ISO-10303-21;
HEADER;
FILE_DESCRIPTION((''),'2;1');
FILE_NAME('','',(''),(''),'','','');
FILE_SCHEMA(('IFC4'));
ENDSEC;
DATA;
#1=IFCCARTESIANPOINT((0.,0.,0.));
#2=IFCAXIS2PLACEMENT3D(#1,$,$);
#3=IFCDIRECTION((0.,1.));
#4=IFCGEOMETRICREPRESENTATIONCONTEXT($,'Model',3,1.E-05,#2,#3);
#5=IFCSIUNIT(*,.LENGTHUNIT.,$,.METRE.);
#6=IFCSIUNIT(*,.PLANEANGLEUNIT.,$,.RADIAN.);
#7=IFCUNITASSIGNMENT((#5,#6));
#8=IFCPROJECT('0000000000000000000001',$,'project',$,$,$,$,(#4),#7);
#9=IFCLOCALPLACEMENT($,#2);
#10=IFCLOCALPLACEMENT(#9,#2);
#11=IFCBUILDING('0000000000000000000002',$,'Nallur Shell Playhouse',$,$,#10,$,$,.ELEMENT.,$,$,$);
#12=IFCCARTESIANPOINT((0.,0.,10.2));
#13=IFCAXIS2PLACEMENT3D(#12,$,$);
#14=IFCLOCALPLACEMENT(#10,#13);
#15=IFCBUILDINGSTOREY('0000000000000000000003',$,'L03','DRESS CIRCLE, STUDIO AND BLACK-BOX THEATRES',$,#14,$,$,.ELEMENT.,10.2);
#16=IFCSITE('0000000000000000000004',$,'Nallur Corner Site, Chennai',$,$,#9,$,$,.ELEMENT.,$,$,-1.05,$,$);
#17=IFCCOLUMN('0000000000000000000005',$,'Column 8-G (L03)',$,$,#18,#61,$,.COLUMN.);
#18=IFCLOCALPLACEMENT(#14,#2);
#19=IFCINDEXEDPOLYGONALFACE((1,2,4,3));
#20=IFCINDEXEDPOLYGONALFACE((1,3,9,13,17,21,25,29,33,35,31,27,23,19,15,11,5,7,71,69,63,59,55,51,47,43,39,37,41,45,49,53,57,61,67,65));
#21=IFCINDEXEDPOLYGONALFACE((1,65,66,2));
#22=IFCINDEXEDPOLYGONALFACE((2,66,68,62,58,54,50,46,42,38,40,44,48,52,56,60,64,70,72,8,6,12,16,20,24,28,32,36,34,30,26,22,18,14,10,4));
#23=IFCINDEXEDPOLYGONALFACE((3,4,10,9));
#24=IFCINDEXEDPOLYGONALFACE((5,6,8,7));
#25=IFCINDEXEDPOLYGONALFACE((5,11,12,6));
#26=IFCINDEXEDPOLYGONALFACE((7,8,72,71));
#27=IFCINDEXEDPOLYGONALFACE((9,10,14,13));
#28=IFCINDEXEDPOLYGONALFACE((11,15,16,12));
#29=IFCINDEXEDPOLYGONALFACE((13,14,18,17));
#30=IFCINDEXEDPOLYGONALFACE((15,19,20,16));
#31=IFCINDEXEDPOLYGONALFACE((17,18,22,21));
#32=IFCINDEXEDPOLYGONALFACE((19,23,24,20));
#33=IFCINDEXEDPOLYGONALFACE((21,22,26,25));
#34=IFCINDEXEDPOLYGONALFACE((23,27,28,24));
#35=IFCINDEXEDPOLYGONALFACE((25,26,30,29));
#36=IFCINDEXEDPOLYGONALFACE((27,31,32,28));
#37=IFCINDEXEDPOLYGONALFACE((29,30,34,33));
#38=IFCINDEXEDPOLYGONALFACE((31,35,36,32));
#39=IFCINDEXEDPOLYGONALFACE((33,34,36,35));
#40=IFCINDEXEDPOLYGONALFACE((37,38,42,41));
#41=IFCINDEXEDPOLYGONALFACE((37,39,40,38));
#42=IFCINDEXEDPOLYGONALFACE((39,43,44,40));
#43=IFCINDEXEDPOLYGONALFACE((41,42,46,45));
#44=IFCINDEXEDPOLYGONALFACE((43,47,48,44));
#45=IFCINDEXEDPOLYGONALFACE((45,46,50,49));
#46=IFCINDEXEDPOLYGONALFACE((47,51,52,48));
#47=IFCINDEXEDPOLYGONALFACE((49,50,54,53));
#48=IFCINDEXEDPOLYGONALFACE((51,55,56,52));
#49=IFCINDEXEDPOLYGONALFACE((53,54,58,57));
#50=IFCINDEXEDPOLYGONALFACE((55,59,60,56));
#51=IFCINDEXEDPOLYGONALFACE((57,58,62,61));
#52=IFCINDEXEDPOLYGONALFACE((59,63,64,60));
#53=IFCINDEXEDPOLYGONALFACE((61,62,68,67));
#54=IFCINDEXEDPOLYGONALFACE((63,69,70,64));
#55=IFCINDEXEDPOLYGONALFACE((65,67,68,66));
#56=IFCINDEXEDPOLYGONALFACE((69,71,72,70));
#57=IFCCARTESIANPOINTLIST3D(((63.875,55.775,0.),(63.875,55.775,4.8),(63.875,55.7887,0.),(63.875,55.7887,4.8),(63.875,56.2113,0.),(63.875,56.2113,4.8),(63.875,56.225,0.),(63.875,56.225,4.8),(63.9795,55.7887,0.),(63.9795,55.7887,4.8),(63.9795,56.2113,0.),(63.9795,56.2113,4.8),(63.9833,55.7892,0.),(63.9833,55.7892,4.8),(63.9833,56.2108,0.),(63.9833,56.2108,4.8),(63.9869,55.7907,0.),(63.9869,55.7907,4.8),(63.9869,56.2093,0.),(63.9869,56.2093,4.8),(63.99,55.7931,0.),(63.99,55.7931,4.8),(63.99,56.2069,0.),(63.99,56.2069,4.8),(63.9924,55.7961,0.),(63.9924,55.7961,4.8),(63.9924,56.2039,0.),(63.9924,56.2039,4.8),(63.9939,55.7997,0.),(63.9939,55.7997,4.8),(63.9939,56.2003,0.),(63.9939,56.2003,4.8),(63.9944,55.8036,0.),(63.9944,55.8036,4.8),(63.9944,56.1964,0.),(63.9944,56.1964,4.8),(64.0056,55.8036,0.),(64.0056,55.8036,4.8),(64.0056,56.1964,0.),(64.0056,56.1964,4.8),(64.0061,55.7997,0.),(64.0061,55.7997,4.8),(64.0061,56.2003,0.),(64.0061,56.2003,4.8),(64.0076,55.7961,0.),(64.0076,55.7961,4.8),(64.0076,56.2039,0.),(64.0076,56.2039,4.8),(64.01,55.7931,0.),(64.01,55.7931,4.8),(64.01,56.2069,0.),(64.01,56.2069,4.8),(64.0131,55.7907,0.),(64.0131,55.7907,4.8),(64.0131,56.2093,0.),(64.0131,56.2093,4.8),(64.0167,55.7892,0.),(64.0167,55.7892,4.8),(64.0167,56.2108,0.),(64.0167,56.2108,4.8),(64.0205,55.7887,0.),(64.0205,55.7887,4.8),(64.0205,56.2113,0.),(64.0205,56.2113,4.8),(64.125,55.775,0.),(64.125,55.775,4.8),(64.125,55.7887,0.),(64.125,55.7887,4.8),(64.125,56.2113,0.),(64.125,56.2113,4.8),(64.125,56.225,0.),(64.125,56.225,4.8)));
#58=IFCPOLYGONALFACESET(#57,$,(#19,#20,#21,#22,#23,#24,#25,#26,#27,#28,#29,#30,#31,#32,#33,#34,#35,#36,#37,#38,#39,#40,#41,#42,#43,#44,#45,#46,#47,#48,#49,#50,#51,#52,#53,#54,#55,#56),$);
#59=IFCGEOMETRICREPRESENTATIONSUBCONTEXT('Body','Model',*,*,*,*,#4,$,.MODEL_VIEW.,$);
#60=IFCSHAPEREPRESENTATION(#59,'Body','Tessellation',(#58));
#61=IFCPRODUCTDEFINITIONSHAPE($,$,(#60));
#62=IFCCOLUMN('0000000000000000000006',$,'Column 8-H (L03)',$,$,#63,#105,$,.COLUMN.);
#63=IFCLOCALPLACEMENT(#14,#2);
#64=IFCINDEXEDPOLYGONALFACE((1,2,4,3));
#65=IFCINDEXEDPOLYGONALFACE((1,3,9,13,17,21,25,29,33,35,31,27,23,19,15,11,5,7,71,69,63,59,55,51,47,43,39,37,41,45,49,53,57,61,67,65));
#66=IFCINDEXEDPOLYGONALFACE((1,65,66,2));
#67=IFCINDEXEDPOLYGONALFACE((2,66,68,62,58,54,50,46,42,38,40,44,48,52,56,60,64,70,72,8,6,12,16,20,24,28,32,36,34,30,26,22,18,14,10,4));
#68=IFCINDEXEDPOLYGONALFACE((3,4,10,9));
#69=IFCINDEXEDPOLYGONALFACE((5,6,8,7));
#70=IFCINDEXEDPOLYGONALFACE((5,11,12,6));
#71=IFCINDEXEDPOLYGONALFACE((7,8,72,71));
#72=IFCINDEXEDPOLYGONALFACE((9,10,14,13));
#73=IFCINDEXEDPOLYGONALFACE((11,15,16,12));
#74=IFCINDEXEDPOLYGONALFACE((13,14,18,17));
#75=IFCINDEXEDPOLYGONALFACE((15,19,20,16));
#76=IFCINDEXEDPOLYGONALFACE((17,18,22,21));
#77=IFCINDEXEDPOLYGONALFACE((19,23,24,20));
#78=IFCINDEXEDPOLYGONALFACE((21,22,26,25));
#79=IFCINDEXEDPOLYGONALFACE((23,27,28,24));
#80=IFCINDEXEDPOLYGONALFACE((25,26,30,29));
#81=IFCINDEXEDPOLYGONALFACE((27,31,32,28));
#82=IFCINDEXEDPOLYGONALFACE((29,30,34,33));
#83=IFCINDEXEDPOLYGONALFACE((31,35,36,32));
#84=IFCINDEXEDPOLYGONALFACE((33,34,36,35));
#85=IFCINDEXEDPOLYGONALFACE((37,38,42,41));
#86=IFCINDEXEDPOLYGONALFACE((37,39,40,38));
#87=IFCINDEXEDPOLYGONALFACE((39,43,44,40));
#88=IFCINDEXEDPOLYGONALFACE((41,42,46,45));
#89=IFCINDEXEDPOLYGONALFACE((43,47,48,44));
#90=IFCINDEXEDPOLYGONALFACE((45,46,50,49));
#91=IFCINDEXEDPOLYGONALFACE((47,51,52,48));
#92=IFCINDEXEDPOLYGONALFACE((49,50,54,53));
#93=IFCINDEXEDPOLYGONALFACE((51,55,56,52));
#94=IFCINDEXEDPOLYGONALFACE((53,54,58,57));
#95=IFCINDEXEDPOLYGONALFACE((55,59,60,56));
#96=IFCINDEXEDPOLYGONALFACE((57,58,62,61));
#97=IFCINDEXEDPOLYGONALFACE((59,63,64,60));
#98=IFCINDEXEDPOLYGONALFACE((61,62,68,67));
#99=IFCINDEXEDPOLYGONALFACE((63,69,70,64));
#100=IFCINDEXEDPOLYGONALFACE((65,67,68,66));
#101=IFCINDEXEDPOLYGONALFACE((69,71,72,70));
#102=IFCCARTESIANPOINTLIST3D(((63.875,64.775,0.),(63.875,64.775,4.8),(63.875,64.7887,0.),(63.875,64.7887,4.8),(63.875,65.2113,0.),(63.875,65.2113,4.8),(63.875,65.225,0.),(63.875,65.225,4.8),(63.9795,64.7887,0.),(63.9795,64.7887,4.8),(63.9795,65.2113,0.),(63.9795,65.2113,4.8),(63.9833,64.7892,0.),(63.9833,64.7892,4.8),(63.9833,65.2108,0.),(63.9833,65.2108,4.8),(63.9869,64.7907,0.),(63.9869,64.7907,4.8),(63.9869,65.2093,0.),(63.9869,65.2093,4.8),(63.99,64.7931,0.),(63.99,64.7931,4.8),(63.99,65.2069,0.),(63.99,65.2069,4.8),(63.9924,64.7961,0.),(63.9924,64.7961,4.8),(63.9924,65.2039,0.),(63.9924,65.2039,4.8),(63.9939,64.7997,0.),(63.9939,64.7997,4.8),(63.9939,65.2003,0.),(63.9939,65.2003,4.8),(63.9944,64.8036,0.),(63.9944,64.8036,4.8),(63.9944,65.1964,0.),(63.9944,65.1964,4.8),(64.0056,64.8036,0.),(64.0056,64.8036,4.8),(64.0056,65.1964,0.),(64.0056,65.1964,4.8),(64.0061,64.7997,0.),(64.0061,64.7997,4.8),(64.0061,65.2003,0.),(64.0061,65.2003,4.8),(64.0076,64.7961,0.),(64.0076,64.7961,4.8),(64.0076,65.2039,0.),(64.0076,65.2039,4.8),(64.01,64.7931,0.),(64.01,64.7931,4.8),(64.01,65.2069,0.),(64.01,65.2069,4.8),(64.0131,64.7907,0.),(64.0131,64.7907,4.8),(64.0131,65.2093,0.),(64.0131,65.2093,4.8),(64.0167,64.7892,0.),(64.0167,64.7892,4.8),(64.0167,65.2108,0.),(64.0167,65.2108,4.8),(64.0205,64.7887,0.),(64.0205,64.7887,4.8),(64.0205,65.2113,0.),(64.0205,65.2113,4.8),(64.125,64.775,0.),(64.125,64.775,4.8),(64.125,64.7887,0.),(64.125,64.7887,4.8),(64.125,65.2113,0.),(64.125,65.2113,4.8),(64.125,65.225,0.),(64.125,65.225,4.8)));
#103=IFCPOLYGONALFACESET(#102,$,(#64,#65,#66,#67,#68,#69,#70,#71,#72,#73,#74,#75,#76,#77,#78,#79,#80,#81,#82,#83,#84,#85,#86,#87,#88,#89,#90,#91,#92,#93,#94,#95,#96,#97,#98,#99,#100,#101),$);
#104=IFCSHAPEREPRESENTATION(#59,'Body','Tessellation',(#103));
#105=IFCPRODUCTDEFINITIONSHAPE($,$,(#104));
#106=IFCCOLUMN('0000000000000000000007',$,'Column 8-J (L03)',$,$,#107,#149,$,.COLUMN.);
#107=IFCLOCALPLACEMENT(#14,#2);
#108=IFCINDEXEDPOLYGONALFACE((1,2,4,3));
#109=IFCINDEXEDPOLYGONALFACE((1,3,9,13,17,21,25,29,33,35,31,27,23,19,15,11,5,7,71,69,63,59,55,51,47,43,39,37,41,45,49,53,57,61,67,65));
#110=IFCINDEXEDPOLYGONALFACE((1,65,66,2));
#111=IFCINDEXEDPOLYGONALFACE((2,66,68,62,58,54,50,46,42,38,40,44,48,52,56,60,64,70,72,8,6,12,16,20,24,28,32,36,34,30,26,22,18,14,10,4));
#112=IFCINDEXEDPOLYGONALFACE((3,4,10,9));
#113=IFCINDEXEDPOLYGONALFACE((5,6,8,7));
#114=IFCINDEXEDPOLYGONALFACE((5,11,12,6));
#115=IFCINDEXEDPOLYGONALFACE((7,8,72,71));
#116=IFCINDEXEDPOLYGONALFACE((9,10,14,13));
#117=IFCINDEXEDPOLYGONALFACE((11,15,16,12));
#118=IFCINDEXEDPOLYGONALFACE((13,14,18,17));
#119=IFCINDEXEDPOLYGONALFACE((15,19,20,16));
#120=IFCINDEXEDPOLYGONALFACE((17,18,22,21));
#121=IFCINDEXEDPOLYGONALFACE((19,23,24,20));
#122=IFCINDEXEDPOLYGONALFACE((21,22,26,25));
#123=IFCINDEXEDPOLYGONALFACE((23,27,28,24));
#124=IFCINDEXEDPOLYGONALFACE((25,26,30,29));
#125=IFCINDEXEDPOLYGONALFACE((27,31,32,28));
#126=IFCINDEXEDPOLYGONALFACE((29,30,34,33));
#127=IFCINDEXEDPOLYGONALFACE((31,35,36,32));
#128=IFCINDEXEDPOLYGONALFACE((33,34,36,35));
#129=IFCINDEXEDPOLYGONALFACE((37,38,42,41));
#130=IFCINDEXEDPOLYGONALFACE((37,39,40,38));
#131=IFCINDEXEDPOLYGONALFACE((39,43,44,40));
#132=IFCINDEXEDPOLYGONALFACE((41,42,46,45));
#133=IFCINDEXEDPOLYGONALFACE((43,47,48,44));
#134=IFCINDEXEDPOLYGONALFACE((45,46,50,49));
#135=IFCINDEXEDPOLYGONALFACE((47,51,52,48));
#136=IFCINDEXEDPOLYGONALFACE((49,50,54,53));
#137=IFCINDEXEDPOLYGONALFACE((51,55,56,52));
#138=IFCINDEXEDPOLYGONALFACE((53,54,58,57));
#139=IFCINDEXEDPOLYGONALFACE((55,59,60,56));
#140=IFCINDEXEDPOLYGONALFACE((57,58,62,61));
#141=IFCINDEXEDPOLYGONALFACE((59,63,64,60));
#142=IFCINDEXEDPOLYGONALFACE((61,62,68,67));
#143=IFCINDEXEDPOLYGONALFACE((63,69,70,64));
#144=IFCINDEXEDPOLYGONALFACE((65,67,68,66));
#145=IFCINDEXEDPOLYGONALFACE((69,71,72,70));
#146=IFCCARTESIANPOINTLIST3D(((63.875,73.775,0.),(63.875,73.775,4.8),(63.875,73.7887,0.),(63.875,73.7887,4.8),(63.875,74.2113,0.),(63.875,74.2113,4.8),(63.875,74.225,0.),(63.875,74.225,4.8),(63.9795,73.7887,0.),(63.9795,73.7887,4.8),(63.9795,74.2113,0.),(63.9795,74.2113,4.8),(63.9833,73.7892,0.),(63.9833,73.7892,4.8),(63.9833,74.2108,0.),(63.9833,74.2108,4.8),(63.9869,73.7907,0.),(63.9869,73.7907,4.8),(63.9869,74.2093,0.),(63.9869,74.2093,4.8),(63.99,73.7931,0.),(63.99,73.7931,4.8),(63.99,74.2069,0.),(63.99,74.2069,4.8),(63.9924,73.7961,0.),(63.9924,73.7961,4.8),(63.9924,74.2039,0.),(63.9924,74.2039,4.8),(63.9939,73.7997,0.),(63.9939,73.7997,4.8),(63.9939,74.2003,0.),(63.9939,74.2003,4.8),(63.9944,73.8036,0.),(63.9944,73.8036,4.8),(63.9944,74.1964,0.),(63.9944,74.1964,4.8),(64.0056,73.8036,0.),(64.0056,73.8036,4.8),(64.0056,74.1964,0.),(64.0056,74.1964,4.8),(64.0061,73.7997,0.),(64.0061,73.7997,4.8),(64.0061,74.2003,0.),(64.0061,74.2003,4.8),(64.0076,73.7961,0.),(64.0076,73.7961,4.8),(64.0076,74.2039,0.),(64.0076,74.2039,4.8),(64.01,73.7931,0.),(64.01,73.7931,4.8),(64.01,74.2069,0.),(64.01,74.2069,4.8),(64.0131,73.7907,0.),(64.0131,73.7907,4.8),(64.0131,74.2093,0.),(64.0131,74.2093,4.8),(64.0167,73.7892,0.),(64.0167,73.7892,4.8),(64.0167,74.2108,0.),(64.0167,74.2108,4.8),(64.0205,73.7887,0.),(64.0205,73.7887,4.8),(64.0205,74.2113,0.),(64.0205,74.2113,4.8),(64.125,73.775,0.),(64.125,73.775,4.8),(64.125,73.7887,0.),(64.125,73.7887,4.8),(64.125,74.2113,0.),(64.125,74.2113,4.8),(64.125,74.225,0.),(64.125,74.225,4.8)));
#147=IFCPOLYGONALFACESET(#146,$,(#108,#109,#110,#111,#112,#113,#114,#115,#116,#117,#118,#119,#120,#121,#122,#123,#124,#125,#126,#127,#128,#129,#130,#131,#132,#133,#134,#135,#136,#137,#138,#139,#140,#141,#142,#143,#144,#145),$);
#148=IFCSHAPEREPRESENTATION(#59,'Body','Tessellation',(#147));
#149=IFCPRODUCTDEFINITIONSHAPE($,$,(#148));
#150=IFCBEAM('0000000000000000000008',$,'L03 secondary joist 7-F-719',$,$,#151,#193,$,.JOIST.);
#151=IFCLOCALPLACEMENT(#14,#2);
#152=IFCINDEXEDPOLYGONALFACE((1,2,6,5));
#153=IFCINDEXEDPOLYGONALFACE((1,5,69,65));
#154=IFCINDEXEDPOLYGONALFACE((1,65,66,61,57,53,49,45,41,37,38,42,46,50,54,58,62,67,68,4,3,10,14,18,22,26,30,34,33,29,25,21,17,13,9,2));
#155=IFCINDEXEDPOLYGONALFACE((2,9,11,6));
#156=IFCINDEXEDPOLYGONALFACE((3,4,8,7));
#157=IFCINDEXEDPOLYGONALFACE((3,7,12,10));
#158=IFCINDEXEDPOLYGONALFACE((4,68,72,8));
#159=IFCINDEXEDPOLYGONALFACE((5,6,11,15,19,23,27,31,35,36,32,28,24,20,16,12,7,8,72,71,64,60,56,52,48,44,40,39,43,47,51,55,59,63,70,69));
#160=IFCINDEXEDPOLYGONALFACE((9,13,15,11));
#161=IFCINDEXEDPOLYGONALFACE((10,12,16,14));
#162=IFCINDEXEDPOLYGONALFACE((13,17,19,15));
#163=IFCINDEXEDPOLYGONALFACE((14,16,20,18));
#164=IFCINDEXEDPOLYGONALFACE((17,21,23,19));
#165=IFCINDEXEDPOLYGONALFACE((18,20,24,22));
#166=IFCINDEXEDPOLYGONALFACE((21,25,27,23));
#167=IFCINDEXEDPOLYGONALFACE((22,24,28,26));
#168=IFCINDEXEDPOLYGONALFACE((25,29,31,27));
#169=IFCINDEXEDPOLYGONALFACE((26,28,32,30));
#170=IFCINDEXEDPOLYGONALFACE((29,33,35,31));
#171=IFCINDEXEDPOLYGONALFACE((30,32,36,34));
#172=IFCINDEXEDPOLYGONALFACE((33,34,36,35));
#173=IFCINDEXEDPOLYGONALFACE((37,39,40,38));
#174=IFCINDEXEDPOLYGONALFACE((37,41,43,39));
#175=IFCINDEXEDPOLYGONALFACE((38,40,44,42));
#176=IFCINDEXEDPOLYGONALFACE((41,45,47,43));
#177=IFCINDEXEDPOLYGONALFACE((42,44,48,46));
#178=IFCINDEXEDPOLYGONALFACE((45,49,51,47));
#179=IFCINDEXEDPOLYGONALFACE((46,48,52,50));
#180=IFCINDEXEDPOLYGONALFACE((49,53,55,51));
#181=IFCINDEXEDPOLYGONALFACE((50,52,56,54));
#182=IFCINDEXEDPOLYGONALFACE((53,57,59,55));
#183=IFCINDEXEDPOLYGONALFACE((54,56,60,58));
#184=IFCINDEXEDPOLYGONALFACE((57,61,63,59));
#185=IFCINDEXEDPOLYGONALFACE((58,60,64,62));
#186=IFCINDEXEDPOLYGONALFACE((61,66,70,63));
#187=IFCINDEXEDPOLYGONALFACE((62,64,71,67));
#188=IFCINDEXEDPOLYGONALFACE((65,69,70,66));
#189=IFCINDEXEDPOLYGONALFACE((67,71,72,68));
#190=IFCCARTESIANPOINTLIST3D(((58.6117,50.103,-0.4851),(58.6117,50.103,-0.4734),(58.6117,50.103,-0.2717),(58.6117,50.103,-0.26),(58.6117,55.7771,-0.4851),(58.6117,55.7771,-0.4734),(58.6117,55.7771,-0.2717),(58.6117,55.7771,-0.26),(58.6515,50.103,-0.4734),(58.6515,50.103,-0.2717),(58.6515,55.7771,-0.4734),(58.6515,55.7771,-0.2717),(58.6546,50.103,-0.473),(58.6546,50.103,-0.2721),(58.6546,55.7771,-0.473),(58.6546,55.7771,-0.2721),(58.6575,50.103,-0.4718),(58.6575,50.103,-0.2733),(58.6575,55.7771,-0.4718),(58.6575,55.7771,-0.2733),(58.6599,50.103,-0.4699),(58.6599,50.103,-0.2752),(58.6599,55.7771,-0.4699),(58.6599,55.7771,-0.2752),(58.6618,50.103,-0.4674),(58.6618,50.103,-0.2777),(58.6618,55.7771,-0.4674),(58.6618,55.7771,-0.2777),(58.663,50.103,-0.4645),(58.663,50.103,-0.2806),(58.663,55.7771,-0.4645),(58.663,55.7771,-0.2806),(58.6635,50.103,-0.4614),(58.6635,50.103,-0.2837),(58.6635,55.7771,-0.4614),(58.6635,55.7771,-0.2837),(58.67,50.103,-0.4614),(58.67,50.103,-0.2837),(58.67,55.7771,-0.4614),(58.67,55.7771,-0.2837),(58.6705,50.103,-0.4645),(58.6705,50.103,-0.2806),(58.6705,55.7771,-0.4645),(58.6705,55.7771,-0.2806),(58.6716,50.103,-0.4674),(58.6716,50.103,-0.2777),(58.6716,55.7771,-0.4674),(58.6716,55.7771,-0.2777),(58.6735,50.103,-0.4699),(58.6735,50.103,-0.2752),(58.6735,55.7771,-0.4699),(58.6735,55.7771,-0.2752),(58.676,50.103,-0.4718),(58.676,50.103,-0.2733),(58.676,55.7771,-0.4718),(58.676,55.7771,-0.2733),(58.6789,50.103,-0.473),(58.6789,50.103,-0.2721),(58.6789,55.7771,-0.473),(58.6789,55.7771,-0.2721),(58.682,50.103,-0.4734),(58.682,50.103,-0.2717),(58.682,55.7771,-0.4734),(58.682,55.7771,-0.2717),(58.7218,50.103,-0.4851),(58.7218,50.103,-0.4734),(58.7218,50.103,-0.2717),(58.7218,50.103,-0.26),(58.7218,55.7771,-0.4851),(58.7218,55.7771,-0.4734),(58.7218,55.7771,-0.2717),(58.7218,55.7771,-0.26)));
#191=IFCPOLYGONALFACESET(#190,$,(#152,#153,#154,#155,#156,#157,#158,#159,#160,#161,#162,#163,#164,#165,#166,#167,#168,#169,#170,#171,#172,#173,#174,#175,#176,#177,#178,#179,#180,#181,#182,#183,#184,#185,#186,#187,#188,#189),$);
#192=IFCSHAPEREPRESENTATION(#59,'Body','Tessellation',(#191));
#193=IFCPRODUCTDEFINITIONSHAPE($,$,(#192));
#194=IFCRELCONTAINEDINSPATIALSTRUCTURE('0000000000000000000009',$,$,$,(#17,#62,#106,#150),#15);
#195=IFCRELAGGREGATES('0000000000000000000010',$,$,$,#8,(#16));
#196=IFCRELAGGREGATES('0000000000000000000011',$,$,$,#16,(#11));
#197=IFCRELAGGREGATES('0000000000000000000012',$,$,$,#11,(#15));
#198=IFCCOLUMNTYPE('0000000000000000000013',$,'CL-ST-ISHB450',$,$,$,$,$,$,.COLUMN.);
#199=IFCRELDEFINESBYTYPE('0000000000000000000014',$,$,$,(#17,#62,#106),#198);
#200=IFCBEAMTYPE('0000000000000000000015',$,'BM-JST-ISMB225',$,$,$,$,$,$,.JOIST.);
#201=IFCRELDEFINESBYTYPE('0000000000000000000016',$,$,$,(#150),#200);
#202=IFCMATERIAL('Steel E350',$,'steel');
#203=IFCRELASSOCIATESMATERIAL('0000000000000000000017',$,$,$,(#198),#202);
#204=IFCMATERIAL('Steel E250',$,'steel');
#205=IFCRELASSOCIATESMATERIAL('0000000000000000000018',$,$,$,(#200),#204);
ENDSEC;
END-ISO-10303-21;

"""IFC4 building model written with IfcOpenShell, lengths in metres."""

from ifc_helpers import new_model, si_unit, direction, frame, origin, origin_2d, place, context, subcontext, project, spatial, i_section, extrude, material, material_profile, profile_set, type_object, element, save


model = new_model("IFC4")

# Units and contexts
model_context = context("Model", 3, precision=1e-05, world=origin(), true_north=direction((0.0, 1.0)))
body_context = subcontext(model_context, "Body", "Model", "MODEL_VIEW")
ifc_project = project(units=[si_unit("LENGTHUNIT", "METRE"), si_unit("PLANEANGLEUNIT", "RADIAN")], contexts=[model_context])

# Site, building, storey
site_placement = place(None, origin())
site = spatial("IfcSite", under=ifc_project, at=site_placement, Name="Nallur Corner Site, Chennai", CompositionType="ELEMENT", RefElevation=-1.05)
building_placement = place(site_placement, origin())
building = spatial("IfcBuilding", under=site, at=building_placement, Name="Nallur Shell Playhouse", CompositionType="ELEMENT")
storey_placement = place(building_placement, frame((0.0, 0.0, 10.2)))
storey = spatial("IfcBuildingStorey", under=building, at=storey_placement, Name="L03", Description="DRESS CIRCLE, STUDIO AND BLACK-BOX THEATRES", CompositionType="ELEMENT", Elevation=10.2)

# Columns
ifc_material_1 = material(Name="Steel E350", Category="steel")
ifc_material_profile_1 = material_profile(ifc_material_1, i_section(OverallWidth=0.25, OverallDepth=0.45, WebThickness=0.0112, FlangeThickness=0.0137, FilletRadius=0.0149, at=origin_2d()), Name="ISHB 450")
ifc_profile_set_1 = profile_set([ifc_material_profile_1], Name="Steel E350")
column_type = type_object("IfcColumnType", Name="CL-ST-ISHB450", PredefinedType="COLUMN", material=ifc_profile_set_1)
for number, where, z_axis, x_axis, name in (
    (1, (64.0, 56.0, 0.0), (0.0, 0.0, 1.0), (1.0, 0.0, 0.0), "Column 8-G (L03)"),
    (2, (64.0, 65.0, 0.0), (0.0, 0.0, 1.0), (1.0, 0.0, 0.0), "Column 8-H (L03)"),
    (3, (64.0, 74.0, 0.0), (0.0, 0.0, 1.0), (1.0, 0.0, 0.0), "Column 8-J (L03)"),
):
    element("IfcColumn", number, at=place(storey_placement, frame(where, z_axis=z_axis, x_axis=x_axis)), inside=storey, type_object=column_type, Name=name, PredefinedType="COLUMN", context=body_context, shape_type="SweptSolid", body=[
        extrude(i_section(OverallWidth=0.25, OverallDepth=0.45, WebThickness=0.0112, FlangeThickness=0.0137, FilletRadius=0.0149, at=origin_2d()), origin(), (0.0, 0.0, 1.0), 4.8),
    ])

# Beam
ifc_material_2 = material(Name="Steel E250", Category="steel")
ifc_material_profile_2 = material_profile(ifc_material_2, i_section(OverallWidth=0.1101, OverallDepth=0.2251, WebThickness=0.0066, FlangeThickness=0.0117, FilletRadius=0.012, at=origin_2d()), Name="ISMB 225")
ifc_profile_set_2 = profile_set([ifc_material_profile_2], Name="Steel E250")
beam_type_1 = type_object("IfcBeamType", Name="BM-JST-ISMB225", PredefinedType="JOIST", material=ifc_profile_set_2)
beam_1_placement = place(storey_placement, frame((58.6667, 50.103, -0.3726), z_axis=(0.0, 1.0, 0.0), x_axis=(-1.0, 0.0, 0.0)))
element("IfcBeam", 4, at=beam_1_placement, inside=storey, type_object=beam_type_1, Name="L03 secondary joist 7-F-719", PredefinedType="JOIST", context=body_context, shape_type="SweptSolid", body=[
    extrude(i_section(OverallWidth=0.1101, OverallDepth=0.2251, WebThickness=0.0066, FlangeThickness=0.0117, FilletRadius=0.012, at=origin_2d()), origin(), (0.0, 0.0, 1.0), 5.6741),
])

save(model, "model.ifc")
